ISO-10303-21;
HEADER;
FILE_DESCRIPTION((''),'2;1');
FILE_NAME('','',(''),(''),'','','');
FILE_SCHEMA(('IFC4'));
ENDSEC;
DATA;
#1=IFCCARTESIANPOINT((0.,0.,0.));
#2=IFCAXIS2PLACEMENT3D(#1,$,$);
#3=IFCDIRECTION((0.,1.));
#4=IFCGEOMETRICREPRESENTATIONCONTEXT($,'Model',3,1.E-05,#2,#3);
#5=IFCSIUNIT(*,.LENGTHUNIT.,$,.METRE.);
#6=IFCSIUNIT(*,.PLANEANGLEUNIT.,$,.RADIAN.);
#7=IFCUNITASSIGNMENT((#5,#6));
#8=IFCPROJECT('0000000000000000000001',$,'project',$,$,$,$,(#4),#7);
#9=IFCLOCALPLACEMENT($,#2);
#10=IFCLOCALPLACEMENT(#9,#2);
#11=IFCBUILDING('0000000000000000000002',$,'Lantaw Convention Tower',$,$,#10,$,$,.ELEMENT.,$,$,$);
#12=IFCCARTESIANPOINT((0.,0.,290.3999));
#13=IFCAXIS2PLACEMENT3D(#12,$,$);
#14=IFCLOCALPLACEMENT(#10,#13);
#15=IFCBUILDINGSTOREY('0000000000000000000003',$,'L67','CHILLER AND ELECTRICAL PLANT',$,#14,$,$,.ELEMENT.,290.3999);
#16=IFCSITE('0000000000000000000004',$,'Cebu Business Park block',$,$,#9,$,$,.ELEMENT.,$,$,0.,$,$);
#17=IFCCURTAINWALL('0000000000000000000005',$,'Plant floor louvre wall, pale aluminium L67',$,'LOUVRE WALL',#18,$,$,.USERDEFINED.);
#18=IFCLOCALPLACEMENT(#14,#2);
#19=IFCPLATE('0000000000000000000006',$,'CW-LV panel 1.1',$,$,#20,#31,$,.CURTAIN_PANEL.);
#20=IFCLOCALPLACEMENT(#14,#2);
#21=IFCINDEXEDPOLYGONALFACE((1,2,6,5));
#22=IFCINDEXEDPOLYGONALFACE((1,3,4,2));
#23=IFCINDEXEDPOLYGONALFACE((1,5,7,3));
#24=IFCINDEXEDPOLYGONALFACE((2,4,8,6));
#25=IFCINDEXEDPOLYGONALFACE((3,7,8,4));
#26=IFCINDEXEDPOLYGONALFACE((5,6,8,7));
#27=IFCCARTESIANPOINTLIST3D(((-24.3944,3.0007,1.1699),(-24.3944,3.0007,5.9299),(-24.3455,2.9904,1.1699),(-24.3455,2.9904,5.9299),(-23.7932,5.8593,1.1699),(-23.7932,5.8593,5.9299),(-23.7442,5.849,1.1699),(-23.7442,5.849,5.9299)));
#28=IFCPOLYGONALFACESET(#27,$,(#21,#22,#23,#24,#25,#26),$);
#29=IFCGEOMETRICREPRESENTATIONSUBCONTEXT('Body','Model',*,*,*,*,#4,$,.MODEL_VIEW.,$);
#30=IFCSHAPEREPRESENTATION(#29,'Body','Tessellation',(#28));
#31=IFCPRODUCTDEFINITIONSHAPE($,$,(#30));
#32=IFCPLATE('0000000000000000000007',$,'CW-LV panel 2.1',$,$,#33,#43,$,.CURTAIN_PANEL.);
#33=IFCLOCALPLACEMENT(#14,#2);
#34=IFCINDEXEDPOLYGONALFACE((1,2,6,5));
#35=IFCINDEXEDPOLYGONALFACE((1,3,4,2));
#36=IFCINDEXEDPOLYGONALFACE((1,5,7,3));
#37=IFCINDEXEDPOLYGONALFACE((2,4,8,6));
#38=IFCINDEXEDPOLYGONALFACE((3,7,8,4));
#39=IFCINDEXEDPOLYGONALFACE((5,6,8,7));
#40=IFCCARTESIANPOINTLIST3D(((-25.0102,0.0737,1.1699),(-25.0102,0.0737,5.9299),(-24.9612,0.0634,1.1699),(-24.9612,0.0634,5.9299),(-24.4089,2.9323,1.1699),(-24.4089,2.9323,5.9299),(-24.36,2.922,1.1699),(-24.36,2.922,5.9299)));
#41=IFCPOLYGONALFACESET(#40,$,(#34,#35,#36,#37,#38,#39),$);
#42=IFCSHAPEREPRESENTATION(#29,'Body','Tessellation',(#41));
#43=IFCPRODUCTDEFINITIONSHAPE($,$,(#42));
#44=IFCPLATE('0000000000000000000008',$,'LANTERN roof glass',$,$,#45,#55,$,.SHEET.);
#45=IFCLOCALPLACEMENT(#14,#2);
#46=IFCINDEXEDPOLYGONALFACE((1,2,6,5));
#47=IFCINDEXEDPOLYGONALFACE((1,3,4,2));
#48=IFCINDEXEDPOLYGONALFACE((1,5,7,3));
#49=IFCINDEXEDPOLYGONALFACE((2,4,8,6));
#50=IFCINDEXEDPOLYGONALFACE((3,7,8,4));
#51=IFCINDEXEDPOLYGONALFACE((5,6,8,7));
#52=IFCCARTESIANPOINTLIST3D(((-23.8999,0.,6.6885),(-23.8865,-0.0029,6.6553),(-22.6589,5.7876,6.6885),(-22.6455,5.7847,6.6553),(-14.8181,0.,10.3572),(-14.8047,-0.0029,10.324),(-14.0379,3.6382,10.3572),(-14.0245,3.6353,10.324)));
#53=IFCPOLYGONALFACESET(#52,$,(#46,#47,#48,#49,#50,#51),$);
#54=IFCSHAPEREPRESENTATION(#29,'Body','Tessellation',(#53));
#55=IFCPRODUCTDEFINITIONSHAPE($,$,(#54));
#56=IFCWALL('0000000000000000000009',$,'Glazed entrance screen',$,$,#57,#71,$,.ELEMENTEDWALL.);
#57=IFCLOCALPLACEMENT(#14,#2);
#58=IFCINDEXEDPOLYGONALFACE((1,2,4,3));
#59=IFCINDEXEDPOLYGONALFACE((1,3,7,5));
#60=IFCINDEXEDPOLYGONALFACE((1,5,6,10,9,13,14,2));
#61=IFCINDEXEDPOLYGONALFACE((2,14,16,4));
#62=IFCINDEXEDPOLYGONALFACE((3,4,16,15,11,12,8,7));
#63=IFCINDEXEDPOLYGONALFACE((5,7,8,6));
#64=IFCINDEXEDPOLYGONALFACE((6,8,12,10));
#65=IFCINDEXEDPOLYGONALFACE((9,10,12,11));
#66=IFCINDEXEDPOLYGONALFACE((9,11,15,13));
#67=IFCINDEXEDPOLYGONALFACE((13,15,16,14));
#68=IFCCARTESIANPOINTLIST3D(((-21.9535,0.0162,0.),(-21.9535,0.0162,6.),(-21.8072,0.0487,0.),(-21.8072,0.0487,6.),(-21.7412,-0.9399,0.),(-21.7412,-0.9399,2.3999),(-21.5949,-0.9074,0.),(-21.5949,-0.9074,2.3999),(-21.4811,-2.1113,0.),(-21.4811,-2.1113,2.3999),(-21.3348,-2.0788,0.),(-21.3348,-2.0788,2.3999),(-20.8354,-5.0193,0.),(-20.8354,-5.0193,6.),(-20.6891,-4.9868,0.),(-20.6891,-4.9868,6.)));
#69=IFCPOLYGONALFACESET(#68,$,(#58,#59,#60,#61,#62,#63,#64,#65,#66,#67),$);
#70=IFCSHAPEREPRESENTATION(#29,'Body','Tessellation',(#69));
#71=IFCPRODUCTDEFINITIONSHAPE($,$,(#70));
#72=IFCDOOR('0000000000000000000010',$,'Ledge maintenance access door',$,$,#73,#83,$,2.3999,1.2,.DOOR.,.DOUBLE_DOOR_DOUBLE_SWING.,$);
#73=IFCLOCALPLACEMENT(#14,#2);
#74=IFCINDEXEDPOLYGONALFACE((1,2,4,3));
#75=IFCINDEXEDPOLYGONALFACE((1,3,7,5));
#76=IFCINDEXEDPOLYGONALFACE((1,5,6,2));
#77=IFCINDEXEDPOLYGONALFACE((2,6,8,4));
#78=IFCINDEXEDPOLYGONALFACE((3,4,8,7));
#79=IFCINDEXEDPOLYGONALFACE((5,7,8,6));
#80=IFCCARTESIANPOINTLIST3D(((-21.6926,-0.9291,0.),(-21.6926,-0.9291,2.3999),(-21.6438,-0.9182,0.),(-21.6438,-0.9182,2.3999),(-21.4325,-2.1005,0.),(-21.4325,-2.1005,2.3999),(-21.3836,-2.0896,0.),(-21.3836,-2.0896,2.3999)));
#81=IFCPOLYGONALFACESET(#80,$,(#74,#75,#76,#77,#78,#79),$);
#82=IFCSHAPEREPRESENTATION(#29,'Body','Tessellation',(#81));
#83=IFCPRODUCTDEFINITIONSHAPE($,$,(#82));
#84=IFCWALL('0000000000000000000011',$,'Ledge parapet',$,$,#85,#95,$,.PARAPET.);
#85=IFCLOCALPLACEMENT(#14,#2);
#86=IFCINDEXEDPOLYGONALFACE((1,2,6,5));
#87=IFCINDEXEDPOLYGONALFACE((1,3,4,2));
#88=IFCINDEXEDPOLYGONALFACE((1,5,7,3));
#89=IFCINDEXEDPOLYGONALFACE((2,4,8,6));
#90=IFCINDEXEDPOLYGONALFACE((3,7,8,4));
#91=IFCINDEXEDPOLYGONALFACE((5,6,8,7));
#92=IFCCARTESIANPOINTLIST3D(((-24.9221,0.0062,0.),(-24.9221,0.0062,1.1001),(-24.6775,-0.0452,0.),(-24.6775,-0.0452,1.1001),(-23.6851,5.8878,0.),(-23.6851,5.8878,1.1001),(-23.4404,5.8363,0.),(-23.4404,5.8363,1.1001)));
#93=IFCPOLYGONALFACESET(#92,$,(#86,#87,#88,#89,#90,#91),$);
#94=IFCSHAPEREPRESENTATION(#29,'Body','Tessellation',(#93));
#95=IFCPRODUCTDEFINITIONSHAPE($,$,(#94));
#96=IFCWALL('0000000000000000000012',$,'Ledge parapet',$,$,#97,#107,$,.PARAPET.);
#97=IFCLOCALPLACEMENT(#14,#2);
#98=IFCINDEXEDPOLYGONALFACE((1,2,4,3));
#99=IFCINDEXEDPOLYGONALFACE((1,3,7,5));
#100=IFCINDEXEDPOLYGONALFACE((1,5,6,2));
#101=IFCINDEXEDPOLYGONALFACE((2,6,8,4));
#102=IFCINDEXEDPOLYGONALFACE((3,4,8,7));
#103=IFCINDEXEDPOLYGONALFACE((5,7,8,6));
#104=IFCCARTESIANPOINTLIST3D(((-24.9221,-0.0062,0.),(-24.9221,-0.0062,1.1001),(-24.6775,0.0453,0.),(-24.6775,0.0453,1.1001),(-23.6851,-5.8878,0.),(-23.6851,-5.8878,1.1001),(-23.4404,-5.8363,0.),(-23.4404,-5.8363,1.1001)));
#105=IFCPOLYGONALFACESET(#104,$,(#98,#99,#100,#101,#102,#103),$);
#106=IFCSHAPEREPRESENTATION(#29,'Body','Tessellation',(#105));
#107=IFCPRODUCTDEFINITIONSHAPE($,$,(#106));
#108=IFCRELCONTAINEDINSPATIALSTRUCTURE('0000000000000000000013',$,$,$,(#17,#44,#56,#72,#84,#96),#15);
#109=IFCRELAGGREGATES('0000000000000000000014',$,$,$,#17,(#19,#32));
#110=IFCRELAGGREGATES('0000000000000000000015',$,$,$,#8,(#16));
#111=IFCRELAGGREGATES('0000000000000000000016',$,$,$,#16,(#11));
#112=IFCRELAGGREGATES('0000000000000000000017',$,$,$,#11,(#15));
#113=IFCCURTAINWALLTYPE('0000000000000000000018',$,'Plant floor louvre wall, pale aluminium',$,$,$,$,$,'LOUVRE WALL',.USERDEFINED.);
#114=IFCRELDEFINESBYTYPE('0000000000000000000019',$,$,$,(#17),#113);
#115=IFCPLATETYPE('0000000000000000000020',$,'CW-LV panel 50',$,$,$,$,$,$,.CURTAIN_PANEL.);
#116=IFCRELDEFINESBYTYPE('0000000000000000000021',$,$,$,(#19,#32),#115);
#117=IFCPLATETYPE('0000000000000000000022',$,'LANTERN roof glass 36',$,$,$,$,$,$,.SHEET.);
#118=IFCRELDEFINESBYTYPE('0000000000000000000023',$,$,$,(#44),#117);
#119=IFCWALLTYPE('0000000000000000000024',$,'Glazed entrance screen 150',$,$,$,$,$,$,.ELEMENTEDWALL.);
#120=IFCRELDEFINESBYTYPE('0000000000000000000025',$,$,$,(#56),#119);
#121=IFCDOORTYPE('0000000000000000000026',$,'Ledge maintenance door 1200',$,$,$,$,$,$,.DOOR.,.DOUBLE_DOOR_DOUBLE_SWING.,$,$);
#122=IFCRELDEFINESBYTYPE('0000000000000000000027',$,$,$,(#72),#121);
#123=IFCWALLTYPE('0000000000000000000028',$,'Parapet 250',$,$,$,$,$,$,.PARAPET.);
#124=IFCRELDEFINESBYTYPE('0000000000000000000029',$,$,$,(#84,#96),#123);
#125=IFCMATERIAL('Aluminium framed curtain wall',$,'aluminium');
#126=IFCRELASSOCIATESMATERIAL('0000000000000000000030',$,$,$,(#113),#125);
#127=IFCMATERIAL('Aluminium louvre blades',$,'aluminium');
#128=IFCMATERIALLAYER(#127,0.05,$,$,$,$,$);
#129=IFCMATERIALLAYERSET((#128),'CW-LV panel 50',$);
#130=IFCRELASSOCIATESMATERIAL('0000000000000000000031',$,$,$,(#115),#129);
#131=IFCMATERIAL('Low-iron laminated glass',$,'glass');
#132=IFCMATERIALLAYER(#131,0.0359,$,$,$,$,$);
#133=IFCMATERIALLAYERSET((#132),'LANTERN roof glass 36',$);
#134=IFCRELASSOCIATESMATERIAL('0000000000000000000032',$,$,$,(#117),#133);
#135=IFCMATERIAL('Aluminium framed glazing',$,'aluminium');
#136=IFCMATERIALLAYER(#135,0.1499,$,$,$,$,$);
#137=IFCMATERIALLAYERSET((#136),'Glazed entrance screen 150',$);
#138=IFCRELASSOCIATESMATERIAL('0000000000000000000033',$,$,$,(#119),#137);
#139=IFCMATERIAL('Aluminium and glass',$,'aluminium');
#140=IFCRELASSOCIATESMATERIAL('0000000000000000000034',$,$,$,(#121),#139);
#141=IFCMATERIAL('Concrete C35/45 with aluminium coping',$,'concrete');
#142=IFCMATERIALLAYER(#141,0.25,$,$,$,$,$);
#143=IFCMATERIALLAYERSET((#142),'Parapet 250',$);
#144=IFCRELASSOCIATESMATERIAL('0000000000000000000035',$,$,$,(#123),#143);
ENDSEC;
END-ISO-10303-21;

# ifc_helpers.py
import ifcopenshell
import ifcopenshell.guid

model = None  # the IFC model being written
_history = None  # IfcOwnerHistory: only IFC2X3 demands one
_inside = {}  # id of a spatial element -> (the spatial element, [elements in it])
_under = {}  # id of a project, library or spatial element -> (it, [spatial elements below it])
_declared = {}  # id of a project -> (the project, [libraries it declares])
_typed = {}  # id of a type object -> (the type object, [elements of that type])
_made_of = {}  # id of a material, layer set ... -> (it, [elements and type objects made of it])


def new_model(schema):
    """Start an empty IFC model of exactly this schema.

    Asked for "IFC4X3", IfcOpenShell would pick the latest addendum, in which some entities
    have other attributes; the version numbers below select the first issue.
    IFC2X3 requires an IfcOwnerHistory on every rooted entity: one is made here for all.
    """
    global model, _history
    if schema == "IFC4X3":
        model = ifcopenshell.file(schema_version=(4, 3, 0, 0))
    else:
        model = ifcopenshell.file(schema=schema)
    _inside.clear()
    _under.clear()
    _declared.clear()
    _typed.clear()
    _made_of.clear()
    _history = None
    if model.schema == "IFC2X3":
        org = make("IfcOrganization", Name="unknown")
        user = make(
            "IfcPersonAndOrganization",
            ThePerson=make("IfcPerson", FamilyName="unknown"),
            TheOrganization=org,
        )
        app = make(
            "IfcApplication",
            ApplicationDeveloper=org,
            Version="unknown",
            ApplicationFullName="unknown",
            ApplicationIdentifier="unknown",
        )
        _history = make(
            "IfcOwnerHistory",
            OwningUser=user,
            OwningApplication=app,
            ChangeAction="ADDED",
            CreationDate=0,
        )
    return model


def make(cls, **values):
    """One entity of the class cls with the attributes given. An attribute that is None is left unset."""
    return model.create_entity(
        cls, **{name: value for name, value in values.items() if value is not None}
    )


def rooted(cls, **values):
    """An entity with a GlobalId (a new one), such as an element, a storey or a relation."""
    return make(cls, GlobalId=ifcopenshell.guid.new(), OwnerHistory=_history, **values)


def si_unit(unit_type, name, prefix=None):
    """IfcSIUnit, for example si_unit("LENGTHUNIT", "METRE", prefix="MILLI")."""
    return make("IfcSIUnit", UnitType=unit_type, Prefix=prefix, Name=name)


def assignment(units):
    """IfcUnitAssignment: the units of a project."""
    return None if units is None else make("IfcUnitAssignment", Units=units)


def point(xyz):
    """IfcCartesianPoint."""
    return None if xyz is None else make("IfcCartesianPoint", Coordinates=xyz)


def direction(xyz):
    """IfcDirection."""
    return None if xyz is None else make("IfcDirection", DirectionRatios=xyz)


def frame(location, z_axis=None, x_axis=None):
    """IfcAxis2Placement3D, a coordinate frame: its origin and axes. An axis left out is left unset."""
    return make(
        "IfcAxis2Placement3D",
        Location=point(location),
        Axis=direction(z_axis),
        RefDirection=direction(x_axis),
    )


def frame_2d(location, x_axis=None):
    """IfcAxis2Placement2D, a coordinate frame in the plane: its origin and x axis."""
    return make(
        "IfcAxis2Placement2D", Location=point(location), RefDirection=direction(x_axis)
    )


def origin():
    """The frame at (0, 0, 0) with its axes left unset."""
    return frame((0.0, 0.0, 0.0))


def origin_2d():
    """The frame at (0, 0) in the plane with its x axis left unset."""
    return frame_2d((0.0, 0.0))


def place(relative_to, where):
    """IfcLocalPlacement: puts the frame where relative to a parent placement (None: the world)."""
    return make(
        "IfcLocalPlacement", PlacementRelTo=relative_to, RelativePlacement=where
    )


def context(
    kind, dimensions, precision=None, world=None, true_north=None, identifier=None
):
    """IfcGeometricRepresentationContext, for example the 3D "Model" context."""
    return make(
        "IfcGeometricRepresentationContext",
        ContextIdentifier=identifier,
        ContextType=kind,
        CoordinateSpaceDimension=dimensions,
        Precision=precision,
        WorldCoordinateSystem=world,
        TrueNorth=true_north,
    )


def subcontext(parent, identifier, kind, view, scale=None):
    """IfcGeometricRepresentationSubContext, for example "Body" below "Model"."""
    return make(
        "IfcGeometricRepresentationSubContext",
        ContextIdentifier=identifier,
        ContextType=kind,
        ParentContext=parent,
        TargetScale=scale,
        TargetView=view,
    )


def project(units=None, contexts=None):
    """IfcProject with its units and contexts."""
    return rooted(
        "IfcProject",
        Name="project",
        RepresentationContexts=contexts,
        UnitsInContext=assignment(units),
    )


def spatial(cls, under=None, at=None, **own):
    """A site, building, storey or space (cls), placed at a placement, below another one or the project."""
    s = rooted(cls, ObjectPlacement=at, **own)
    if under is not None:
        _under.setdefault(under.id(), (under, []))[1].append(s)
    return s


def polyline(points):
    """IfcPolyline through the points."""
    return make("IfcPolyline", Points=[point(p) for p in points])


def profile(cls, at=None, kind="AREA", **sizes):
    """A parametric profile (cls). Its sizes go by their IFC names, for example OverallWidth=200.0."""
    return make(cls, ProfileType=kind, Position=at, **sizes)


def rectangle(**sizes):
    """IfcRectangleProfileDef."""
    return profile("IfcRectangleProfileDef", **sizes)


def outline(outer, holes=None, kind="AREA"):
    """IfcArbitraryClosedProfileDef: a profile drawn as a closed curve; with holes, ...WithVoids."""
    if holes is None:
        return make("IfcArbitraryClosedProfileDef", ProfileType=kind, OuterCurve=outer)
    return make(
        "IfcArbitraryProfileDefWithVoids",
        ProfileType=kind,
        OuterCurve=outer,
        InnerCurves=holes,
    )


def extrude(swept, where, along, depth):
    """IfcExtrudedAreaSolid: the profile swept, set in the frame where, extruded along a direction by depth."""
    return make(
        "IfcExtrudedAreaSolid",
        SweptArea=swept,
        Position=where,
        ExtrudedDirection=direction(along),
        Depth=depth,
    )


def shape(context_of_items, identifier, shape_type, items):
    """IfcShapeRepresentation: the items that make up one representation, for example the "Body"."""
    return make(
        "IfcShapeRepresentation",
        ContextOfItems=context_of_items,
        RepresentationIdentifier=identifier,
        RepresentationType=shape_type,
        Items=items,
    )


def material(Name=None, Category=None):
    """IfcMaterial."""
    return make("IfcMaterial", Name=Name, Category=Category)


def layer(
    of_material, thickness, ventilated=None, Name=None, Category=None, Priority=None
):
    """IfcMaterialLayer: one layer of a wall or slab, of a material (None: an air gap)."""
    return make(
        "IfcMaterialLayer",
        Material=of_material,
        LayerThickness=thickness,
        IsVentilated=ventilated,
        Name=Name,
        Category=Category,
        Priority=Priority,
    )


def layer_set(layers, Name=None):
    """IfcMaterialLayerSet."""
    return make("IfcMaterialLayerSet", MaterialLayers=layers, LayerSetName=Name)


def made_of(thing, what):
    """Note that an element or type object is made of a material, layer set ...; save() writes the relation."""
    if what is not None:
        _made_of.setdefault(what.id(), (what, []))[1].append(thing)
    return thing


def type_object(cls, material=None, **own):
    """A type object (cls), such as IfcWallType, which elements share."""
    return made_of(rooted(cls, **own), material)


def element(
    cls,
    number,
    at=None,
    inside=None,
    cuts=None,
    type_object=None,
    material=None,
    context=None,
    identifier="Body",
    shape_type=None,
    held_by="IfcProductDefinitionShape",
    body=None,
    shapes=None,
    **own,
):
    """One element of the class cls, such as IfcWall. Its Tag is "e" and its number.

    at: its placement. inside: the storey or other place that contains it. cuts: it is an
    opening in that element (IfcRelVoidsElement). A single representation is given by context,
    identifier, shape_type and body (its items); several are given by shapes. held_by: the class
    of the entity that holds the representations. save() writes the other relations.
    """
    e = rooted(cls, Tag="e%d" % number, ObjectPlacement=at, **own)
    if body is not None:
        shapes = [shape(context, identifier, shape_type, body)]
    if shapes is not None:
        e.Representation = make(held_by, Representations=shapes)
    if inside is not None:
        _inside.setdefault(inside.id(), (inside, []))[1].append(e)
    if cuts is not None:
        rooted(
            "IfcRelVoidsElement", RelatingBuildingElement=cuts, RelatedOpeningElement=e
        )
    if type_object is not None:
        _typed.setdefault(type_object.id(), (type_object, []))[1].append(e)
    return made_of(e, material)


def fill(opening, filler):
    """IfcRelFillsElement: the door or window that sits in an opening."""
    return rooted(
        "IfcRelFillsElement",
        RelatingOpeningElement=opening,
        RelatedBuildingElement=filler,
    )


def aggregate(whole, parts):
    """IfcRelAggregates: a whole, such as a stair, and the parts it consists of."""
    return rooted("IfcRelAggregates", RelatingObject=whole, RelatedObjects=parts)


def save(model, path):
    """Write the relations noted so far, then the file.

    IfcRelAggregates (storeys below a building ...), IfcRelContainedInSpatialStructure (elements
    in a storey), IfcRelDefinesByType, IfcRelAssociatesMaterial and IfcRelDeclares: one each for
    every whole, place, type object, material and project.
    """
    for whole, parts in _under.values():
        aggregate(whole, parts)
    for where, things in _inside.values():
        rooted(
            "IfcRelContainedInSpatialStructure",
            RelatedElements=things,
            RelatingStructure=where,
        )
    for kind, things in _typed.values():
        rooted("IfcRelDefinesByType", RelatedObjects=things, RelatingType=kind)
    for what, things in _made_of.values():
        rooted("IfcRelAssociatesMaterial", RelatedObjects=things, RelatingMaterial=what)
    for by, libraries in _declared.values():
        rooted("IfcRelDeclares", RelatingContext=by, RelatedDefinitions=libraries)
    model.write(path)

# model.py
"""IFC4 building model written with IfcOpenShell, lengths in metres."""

from ifc_helpers import new_model, si_unit, direction, frame, frame_2d, origin, origin_2d, place, context, subcontext, project, spatial, polyline, rectangle, outline, extrude, material, layer, layer_set, type_object, element, fill, aggregate, save


model = new_model("IFC4")

# Units and contexts
model_context = context("Model", 3, precision=1e-05, world=origin(), true_north=direction((0.0, 1.0)))
body_context = subcontext(model_context, "Body", "Model", "MODEL_VIEW")
ifc_project = project(units=[si_unit("LENGTHUNIT", "METRE"), si_unit("PLANEANGLEUNIT", "RADIAN")], contexts=[model_context])

# Site, building, storey
site_placement = place(None, origin())
site = spatial("IfcSite", under=ifc_project, at=site_placement, Name="Cebu Business Park block", CompositionType="ELEMENT", RefElevation=0.0)
building_placement = place(site_placement, origin())
building = spatial("IfcBuilding", under=site, at=building_placement, Name="Lantaw Convention Tower", CompositionType="ELEMENT")
storey_placement = place(building_placement, frame((0.0, 0.0, 290.3999)))
storey = spatial("IfcBuildingStorey", under=building, at=storey_placement, Name="L67", Description="CHILLER AND ELECTRICAL PLANT", CompositionType="ELEMENT", Elevation=290.3999)

# Shared definitions
ifc_material_1 = material(Name="Aluminium framed curtain wall", Category="aluminium")

# Shared definitions
curtain_wall_type_1 = type_object("IfcCurtainWallType", Name="Plant floor louvre wall, pale aluminium", ElementType="LOUVRE WALL", PredefinedType="USERDEFINED", material=ifc_material_1)

# Curtain wall
curtain_wall_1_placement = place(storey_placement, origin())
curtain_wall_1 = element("IfcCurtainWall", 1, at=curtain_wall_1_placement, inside=storey, type_object=curtain_wall_type_1, Name="Plant floor louvre wall, pale aluminium L67", ObjectType="LOUVRE WALL", PredefinedType="USERDEFINED")

# Plates
ifc_material_2 = material(Name="Low-iron laminated glass", Category="glass")
ifc_material_3 = material(Name="Aluminium louvre blades", Category="aluminium")
ifc_layer_1 = layer(ifc_material_3, 0.05)
ifc_layer_set_1 = layer_set([ifc_layer_1], Name="CW-LV panel 50")
plate_type_1 = type_object("IfcPlateType", Name="CW-LV panel 50", PredefinedType="CURTAIN_PANEL", material=ifc_layer_set_1)
plate_1_placement = place(storey_placement, frame((-24.0693, 4.4248, 1.1699), z_axis=(0.0, 0.0, 1.0), x_axis=(-0.205814, -0.978591, 0.0)))
plate_1 = element("IfcPlate", 2, at=plate_1_placement, type_object=plate_type_1, Name="CW-LV panel 1.1", PredefinedType="CURTAIN_PANEL", context=body_context, shape_type="SweptSolid", body=[
    extrude(rectangle(XDim=2.9211, YDim=0.05, at=origin_2d()), origin(), (0.0, 0.0, 1.0), 4.76),
])
plate_2_placement = place(storey_placement, frame((-24.6851, 1.4978, 1.1699), z_axis=(0.0, 0.0, 1.0), x_axis=(-0.205814, -0.978591, 0.0)))
plate_2 = element("IfcPlate", 3, at=plate_2_placement, type_object=plate_type_1, Name="CW-LV panel 2.1", PredefinedType="CURTAIN_PANEL", context=body_context, shape_type="SweptSolid", body=[
    extrude(rectangle(XDim=2.9211, YDim=0.05, at=origin_2d()), origin(), (0.0, 0.0, 1.0), 4.76),
])
aggregate(curtain_wall_1, [plate_1, plate_2])
ifc_layer_2 = layer(ifc_material_2, 0.0359)
ifc_layer_set_2 = layer_set([ifc_layer_2], Name="LANTERN roof glass 36")
plate_type_2 = type_object("IfcPlateType", Name="LANTERN roof glass 36", PredefinedType="SHEET", material=ifc_layer_set_2)
plate_3_placement = place(storey_placement, frame((-22.6589, 5.7876, 6.6885), z_axis=(-0.37335, 0.08006, 0.92423), x_axis=(-0.209656, -0.977775, 0.000006)))
element("IfcPlate", 4, at=plate_3_placement, inside=storey, type_object=plate_type_2, Name="LANTERN roof glass", PredefinedType="SHEET", context=body_context, shape_type="SweptSolid", body=[
    extrude(outline(polyline([(0.0, 0.0), (5.9191, 0.0), (4.0151, 9.608), (0.2942, 9.6081), (0.0, 0.0)])), origin(), (0.0, 0.0, -1.0), 0.0359),
])

# Wall, opening, door
ifc_material_4 = material(Name="Aluminium framed glazing", Category="aluminium")
ifc_layer_3 = layer(ifc_material_4, 0.1499)
ifc_layer_set_3 = layer_set([ifc_layer_3], Name="Glazed entrance screen 150")
wall_type_1 = type_object("IfcWallType", Name="Glazed entrance screen 150", PredefinedType="ELEMENTEDWALL", material=ifc_layer_set_3)
wall_placement = place(storey_placement, frame((-21.8804, 0.0325, 0.0), z_axis=(0.0, 0.0, 1.0), x_axis=(0.21677, -0.976223, 0.0)))
wall = element("IfcWall", 5, at=wall_placement, inside=storey, type_object=wall_type_1, Name="Glazed entrance screen", PredefinedType="ELEMENTEDWALL", context=body_context, shape_type="SweptSolid", body=[
    extrude(rectangle(XDim=5.1582, YDim=0.1499, at=frame_2d((2.5791, 0.0))), origin(), (0.0, 0.0, 1.0), 6.0),
])
opening_placement = place(wall_placement, frame((0.9792, 0.0, 0.0)))
opening = element("IfcOpeningElement", 6, at=opening_placement, cuts=wall, PredefinedType="OPENING", context=body_context, shape_type="SweptSolid", body=[
    extrude(rectangle(XDim=1.2, YDim=2.3999, at=frame_2d((0.6001, 1.2))), frame((0.0, 0.085, 0.0), z_axis=(0.0, -1.0, 0.0), x_axis=(1.0, 0.0, 0.0)), (0.0, 0.0, 1.0), 0.1699),
])
ifc_material_5 = material(Name="Aluminium and glass", Category="aluminium")
door_type = type_object("IfcDoorType", Name="Ledge maintenance door 1200", OperationType="DOUBLE_DOOR_DOUBLE_SWING", PredefinedType="DOOR", material=ifc_material_5)
door_placement = place(opening_placement, origin())
door = element("IfcDoor", 7, at=door_placement, inside=storey, type_object=door_type, Name="Ledge maintenance access door", OperationType="DOUBLE_DOOR_DOUBLE_SWING", OverallHeight=2.3999, OverallWidth=1.2, PredefinedType="DOOR", context=body_context, shape_type="SweptSolid", body=[
    extrude(rectangle(XDim=1.2, YDim=2.3999, at=frame_2d((0.6001, 1.2))), frame((0.0, 0.0249, 0.0), z_axis=(0.0, -1.0, 0.0), x_axis=(1.0, 0.0, 0.0)), (0.0, 0.0, 1.0), 0.05),
])
fill(opening, door)

# Walls
ifc_material_6 = material(Name="Concrete C35/45 with aluminium coping", Category="concrete")
ifc_layer_4 = layer(ifc_material_6, 0.25)
ifc_layer_set_4 = layer_set([ifc_layer_4], Name="Parapet 250")
wall_type_2 = type_object("IfcWallType", Name="Parapet 250", PredefinedType="PARAPET", material=ifc_layer_set_4)
for number, where, z_axis, x_axis, name in (
    (8, (-23.5627, 5.8621, 0.0), (0.0, 0.0, 1.0), (-0.205824, -0.978589, 0.0), "Ledge parapet"),
    (9, (-24.7998, 0.0195, 0.0), (0.0, 0.0, 1.0), (0.205824, -0.978589, 0.0), "Ledge parapet"),
):
    element("IfcWall", number, at=place(storey_placement, frame(where, z_axis=z_axis, x_axis=x_axis)), inside=storey, type_object=wall_type_2, Name=name, PredefinedType="PARAPET", context=body_context, shape_type="SweptSolid", body=[
        extrude(rectangle(XDim=6.0103, YDim=0.25, at=frame_2d((3.0051, 0.0))), origin(), (0.0, 0.0, 1.0), 1.1001),
    ])

save(model, "model.ifc")
